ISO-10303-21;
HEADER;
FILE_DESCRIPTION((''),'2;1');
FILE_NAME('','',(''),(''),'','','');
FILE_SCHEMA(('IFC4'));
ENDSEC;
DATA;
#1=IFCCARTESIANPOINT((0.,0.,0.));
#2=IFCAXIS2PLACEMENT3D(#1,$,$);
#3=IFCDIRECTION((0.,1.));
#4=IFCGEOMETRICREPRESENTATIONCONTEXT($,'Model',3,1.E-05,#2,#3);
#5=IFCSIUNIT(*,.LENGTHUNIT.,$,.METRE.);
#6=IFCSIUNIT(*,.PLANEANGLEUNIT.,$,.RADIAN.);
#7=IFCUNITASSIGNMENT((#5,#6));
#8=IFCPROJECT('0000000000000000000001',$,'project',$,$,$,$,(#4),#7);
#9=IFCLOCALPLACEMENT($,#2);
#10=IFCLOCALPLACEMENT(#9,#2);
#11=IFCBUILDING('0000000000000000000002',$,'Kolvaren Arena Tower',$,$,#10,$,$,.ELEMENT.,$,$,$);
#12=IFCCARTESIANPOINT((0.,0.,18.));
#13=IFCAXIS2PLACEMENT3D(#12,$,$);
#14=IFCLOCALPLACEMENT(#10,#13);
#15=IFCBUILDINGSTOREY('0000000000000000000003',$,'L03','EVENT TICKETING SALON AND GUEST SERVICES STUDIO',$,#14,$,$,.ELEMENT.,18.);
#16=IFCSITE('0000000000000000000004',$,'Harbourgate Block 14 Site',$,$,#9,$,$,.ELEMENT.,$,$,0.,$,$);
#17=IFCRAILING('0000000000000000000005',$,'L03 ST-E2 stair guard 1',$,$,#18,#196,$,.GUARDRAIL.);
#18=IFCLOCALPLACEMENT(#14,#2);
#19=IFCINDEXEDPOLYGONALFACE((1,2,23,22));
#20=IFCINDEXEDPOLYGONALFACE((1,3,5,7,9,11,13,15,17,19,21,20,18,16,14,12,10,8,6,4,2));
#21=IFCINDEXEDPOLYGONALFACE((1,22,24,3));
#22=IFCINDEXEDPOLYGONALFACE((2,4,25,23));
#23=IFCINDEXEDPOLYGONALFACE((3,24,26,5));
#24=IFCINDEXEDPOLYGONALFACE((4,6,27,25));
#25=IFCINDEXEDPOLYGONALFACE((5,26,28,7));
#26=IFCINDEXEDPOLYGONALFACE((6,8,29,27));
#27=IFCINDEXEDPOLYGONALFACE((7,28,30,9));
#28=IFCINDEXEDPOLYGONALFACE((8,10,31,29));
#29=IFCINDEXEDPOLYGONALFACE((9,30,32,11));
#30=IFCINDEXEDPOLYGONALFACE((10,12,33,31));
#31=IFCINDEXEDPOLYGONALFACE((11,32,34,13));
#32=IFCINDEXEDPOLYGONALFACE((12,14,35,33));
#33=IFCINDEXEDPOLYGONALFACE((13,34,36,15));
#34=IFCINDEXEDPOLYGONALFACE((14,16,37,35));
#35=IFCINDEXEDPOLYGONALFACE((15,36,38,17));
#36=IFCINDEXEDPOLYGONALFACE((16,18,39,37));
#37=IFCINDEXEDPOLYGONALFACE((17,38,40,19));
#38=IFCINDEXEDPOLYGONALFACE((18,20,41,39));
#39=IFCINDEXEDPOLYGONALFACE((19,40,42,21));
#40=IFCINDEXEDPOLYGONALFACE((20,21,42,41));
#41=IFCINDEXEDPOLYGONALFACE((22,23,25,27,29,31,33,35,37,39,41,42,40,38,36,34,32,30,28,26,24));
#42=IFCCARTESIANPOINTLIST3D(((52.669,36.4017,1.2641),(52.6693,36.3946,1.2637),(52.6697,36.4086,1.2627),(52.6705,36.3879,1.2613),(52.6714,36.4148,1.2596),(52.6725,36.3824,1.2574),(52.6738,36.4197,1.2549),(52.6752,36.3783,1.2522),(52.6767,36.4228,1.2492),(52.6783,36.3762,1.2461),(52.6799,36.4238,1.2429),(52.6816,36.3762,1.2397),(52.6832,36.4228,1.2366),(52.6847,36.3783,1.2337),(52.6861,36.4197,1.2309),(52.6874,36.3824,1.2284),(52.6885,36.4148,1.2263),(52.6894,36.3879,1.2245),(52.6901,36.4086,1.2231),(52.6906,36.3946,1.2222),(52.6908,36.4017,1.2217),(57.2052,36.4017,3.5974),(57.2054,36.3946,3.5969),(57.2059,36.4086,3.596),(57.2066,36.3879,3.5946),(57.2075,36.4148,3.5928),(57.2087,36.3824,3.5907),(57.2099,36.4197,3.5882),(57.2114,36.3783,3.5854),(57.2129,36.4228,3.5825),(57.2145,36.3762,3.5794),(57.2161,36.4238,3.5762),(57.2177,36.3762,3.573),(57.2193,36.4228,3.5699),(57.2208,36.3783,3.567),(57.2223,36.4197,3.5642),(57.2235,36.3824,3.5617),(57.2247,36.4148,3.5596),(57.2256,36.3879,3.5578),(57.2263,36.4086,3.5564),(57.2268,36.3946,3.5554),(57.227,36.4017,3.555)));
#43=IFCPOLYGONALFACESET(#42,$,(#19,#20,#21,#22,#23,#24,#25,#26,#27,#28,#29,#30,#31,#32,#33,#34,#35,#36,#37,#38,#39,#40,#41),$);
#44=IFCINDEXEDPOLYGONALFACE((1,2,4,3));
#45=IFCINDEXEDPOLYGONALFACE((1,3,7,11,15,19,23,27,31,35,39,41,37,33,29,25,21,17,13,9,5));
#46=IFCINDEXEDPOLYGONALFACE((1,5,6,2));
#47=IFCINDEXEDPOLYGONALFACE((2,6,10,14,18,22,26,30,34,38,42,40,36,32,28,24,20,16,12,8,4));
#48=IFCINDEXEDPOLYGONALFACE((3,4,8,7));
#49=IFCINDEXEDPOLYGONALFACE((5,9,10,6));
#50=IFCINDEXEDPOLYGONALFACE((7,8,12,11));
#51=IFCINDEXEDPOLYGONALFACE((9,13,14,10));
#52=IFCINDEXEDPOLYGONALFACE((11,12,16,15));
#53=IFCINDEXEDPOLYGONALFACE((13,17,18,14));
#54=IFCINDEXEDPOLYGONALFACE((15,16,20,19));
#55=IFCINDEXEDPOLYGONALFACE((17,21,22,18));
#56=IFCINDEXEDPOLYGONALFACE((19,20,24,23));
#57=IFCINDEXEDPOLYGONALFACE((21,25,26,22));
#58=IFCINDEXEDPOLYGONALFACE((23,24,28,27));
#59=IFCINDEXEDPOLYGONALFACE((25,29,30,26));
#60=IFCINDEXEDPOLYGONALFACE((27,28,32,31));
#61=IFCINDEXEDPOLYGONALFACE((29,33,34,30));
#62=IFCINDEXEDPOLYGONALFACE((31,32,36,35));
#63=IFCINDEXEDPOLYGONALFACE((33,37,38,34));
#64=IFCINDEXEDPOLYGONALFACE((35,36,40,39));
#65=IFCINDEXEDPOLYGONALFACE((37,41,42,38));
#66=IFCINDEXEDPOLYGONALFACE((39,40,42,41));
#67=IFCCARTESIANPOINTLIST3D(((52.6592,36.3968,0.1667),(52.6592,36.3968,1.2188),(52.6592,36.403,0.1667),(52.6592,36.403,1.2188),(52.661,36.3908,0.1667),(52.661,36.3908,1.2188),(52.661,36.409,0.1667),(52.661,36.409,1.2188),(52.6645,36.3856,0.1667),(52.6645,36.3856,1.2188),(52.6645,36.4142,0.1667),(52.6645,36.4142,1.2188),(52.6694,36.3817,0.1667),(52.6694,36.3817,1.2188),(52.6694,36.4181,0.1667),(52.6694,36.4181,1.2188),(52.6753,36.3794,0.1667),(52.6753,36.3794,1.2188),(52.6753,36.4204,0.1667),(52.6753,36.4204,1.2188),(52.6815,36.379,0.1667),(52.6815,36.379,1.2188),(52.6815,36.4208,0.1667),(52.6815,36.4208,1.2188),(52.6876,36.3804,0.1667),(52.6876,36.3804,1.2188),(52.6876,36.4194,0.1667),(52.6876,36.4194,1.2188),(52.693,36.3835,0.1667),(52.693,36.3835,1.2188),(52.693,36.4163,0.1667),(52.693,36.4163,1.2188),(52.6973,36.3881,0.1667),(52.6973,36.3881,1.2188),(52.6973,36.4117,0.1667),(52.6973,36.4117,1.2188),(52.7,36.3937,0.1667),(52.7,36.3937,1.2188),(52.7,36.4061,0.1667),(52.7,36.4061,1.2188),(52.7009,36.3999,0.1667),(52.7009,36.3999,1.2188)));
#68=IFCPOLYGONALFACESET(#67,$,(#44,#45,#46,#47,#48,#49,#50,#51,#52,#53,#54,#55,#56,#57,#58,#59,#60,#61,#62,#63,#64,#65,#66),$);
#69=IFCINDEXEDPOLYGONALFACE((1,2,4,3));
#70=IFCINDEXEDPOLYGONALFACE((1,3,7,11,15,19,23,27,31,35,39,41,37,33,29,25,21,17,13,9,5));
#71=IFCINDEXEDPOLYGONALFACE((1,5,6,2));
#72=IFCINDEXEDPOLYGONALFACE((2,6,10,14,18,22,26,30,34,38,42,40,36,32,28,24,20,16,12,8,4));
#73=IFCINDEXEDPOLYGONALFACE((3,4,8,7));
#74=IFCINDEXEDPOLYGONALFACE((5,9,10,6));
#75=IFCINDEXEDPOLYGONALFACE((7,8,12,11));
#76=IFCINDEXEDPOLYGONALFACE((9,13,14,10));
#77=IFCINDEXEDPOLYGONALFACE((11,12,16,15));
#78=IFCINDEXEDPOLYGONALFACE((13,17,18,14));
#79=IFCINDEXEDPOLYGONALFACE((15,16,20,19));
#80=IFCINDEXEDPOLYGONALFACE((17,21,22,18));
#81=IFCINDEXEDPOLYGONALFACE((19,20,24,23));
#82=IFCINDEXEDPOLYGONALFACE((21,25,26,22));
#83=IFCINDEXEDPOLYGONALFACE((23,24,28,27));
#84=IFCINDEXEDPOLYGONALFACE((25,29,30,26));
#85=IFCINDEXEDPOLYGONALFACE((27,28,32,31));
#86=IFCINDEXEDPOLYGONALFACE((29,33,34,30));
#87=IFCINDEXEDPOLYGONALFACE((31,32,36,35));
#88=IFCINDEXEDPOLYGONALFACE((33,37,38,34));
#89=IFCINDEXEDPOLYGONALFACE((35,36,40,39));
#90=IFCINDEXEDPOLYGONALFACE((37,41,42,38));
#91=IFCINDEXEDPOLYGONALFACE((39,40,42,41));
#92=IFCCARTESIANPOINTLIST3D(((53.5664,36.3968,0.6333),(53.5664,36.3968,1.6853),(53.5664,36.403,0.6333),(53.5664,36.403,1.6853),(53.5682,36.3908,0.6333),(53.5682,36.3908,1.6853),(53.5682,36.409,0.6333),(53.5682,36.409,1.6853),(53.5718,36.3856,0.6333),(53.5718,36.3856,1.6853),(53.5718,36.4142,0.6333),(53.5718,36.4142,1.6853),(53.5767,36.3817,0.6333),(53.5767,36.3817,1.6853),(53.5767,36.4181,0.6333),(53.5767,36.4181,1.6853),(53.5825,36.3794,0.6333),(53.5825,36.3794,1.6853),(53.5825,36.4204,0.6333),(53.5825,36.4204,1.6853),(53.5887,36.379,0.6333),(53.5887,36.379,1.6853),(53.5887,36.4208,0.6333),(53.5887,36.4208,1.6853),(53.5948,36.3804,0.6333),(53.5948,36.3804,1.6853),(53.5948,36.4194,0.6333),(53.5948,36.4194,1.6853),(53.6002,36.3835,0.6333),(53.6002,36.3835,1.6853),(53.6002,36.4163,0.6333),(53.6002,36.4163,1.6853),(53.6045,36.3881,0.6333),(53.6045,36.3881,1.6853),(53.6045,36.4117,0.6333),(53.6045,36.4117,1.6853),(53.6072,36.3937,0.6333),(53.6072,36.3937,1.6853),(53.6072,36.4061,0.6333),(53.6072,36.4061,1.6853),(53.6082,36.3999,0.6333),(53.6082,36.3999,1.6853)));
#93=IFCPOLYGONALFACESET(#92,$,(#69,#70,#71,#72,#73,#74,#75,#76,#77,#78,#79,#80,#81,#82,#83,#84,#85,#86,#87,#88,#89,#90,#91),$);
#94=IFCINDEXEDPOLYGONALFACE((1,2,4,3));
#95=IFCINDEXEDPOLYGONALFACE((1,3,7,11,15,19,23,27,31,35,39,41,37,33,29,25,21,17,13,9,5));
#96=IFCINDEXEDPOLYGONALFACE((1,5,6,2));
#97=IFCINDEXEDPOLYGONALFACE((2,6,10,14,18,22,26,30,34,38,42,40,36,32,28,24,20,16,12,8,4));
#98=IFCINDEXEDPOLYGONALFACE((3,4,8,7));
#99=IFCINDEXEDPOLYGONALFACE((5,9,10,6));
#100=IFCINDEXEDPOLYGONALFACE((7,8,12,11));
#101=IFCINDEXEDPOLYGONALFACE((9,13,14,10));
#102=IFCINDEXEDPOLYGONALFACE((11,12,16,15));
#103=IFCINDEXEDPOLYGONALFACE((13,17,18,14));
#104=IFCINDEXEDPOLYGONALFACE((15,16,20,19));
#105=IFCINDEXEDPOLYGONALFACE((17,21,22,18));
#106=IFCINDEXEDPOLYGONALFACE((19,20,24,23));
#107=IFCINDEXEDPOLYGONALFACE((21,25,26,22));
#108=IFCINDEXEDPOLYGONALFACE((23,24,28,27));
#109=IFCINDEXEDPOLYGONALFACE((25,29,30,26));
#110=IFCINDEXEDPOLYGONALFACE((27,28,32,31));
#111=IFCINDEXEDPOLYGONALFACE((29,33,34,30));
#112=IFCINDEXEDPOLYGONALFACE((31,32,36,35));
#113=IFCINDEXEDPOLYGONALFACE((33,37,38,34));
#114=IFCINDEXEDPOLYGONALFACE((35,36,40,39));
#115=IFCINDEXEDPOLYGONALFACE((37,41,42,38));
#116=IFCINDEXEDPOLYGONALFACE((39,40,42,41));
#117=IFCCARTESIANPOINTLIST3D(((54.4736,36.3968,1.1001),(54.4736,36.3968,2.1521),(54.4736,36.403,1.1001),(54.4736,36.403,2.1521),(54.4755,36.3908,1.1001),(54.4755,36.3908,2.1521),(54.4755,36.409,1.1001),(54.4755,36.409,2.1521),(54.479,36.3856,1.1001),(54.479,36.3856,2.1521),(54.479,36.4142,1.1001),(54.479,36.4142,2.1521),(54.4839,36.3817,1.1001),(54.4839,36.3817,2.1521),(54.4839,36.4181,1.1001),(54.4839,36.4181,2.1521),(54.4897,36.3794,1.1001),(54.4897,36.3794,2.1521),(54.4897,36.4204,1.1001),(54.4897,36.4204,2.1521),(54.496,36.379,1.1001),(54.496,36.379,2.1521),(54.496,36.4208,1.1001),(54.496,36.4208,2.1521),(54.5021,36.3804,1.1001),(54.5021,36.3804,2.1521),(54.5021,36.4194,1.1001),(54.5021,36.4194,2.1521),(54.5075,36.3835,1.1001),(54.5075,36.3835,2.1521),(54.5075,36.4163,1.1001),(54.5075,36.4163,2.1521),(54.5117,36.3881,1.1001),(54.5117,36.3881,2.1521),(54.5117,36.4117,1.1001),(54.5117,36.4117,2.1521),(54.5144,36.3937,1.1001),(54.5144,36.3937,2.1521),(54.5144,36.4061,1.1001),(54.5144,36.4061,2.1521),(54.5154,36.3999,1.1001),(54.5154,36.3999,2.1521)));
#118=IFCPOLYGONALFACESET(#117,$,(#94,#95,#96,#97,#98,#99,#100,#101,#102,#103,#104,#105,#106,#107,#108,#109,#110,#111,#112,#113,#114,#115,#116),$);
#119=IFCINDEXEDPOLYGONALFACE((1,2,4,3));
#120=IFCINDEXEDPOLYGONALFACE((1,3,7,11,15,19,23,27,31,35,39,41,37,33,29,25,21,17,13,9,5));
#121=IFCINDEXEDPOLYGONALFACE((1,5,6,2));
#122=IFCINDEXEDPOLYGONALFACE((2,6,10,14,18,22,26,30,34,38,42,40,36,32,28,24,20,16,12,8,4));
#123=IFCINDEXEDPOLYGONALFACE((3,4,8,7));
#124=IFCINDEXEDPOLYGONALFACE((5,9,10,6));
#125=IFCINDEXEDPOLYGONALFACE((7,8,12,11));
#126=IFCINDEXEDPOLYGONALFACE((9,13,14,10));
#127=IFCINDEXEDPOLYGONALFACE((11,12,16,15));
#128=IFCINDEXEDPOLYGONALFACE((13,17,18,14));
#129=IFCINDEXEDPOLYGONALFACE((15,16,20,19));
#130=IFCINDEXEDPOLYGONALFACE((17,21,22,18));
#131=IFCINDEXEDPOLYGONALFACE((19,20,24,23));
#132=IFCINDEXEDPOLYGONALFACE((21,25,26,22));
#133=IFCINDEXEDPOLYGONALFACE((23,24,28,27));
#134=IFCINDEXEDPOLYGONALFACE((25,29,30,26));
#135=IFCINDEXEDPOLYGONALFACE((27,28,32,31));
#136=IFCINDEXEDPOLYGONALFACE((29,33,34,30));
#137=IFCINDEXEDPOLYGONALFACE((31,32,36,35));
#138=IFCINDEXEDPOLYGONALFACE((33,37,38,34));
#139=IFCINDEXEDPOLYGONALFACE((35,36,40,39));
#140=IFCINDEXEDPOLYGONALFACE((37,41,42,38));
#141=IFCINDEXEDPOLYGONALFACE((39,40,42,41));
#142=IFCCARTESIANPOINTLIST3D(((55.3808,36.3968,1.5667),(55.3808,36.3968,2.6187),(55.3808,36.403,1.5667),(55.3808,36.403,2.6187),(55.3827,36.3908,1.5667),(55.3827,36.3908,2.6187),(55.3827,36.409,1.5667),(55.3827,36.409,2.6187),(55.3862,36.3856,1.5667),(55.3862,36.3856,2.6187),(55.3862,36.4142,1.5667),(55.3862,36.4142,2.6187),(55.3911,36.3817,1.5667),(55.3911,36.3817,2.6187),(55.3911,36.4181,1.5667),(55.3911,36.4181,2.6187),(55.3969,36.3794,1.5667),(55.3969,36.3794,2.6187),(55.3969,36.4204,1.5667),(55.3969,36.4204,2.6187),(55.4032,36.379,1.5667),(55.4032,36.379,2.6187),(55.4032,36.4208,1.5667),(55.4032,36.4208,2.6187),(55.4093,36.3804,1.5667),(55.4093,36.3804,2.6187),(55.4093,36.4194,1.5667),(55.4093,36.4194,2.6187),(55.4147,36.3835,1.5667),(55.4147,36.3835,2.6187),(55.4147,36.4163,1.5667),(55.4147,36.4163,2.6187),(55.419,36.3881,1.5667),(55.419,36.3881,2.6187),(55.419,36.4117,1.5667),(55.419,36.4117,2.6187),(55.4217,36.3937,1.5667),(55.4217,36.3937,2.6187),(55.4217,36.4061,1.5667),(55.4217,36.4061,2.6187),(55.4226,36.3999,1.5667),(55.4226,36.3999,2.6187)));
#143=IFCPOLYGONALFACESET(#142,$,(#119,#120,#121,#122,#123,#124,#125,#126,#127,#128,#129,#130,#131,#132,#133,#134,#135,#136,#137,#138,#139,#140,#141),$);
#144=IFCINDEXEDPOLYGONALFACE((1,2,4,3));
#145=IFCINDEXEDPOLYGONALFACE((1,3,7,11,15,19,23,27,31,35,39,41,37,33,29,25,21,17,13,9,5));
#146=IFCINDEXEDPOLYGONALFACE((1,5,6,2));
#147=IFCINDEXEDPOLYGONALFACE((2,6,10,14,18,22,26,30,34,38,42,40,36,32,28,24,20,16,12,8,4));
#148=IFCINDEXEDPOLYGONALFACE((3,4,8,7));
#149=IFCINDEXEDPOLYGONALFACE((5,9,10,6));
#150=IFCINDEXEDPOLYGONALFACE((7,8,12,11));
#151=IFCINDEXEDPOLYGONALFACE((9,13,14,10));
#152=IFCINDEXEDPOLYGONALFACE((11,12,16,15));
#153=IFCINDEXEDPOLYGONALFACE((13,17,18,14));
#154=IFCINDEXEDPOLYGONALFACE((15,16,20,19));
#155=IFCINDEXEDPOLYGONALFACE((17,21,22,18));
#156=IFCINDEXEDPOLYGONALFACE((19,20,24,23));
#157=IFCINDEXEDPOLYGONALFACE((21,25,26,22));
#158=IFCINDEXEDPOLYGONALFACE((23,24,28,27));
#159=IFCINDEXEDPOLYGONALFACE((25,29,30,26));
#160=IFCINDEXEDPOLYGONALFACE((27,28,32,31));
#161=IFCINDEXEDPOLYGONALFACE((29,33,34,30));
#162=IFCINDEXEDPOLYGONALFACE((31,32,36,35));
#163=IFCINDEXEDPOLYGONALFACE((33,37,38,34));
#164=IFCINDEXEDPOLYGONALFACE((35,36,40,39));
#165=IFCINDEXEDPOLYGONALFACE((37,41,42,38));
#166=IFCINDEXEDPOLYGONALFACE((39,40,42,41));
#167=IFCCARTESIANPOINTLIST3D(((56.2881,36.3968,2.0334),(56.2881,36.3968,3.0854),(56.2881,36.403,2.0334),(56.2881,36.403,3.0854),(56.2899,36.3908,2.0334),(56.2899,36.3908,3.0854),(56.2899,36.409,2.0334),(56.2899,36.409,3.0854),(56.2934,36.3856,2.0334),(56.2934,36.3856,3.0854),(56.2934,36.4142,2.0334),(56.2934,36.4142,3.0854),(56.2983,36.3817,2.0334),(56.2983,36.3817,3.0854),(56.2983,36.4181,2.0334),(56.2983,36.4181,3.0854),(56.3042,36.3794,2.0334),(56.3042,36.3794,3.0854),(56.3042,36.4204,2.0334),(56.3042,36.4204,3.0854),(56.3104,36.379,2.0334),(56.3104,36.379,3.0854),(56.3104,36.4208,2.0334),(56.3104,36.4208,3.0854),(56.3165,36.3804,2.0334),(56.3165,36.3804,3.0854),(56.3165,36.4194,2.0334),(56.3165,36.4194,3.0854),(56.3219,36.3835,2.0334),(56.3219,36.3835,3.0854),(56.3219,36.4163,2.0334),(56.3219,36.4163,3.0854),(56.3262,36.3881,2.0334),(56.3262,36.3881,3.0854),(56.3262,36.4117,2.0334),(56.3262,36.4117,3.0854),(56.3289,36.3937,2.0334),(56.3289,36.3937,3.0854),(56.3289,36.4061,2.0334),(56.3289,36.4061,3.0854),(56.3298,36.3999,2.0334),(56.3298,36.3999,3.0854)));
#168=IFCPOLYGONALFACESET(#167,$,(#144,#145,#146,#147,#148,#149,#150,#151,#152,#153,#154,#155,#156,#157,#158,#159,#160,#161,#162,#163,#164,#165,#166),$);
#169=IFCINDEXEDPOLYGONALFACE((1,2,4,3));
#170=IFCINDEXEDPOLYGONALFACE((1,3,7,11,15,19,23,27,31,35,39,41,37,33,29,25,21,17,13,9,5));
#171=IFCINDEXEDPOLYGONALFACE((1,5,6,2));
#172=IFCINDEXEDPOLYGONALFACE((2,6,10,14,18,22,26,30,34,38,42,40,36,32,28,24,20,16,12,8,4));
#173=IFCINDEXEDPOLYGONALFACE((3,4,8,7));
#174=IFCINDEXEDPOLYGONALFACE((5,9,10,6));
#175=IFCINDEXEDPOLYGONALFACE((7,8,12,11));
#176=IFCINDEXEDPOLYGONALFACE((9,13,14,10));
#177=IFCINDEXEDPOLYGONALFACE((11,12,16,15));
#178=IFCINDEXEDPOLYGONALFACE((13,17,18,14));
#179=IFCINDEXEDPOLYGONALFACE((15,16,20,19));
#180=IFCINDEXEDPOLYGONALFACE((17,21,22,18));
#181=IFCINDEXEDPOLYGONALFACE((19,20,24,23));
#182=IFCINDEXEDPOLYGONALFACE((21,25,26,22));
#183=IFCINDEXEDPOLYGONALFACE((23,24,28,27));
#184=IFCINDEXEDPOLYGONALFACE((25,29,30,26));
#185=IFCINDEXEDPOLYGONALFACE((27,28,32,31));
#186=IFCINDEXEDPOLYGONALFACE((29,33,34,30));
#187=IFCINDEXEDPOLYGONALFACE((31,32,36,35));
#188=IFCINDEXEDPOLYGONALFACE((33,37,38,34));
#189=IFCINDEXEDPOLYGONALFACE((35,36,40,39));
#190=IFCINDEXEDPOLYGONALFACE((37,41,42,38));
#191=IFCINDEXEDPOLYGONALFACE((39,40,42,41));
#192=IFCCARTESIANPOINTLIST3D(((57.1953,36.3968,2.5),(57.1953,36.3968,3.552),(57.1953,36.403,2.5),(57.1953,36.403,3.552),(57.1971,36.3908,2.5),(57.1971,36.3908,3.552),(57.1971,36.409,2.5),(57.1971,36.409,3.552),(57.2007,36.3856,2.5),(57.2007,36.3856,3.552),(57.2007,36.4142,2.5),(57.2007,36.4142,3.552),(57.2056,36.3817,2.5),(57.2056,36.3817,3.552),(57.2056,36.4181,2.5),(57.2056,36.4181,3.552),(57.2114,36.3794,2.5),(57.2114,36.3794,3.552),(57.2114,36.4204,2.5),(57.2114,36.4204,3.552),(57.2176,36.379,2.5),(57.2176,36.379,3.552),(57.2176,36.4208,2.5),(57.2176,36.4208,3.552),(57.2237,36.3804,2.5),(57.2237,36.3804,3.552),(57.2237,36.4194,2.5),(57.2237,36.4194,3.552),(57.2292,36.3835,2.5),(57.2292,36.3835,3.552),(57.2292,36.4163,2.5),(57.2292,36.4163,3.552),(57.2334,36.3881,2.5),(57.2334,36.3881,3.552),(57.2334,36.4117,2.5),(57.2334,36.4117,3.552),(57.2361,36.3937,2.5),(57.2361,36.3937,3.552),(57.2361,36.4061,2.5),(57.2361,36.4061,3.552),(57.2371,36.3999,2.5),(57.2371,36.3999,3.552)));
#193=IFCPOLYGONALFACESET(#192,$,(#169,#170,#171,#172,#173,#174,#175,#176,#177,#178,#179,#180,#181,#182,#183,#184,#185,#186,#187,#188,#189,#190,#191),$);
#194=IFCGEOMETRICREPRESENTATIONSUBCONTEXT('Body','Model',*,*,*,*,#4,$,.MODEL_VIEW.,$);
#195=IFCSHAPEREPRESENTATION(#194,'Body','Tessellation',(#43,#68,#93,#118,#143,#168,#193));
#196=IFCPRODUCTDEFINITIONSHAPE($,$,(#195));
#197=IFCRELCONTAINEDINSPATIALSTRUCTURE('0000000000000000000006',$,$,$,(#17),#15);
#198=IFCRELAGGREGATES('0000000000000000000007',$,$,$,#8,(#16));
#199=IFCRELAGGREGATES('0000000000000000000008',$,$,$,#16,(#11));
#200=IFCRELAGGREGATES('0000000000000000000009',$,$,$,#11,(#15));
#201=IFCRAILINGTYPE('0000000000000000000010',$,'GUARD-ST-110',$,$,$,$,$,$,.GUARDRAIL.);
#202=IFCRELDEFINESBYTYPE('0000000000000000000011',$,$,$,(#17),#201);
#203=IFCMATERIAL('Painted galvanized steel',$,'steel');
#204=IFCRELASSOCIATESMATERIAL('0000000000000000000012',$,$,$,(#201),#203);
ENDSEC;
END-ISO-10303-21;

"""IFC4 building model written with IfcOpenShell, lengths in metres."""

from ifc_helpers import new_model, si_unit, direction, frame, origin, origin_2d, place, context, subcontext, project, spatial, circle, extrude, material, type_object, element, save


model = new_model("IFC4")

# Units and contexts
model_context = context("Model", 3, precision=1e-05, world=origin(), true_north=direction((0.0, 1.0)))
body_context = subcontext(model_context, "Body", "Model", "MODEL_VIEW")
ifc_project = project(units=[si_unit("LENGTHUNIT", "METRE"), si_unit("PLANEANGLEUNIT", "RADIAN")], contexts=[model_context])

# Site, building, storey
site_placement = place(None, origin())
site = spatial("IfcSite", under=ifc_project, at=site_placement, Name="Harbourgate Block 14 Site", CompositionType="ELEMENT", RefElevation=0.0)
building_placement = place(site_placement, origin())
building = spatial("IfcBuilding", under=site, at=building_placement, Name="Kolvaren Arena Tower", CompositionType="ELEMENT")
storey_placement = place(building_placement, frame((0.0, 0.0, 18.0)))
storey = spatial("IfcBuildingStorey", under=building, at=storey_placement, Name="L03", Description="EVENT TICKETING SALON AND GUEST SERVICES STUDIO", CompositionType="ELEMENT", Elevation=18.0)

# Railing
ifc_material_1 = material(Name="Painted galvanized steel", Category="steel")
railing_type_1 = type_object("IfcRailingType", Name="GUARD-ST-110", PredefinedType="GUARDRAIL", material=ifc_material_1)
railing_1_placement = place(storey_placement, frame((52.6799, 36.3999, 0.1667)))
element("IfcRailing", 1, at=railing_1_placement, inside=storey, type_object=railing_type_1, Name="L03 ST-E2 stair guard 1", PredefinedType="GUARDRAIL", context=body_context, shape_type="SweptSolid", body=[
    extrude(circle(Radius=0.0239, at=origin_2d()), frame((0.0, 0.0, 1.0762), z_axis=(0.889257, 0.0, 0.457407), x_axis=(0.0, 1.0, 0.0)), (0.0, 0.0, 1.0), 5.1011),
    extrude(circle(Radius=0.021, at=origin_2d()), origin(), (0.0, 0.0, 1.0), 1.052),
    extrude(circle(Radius=0.021, at=origin_2d()), frame((0.9072, 0.0, 0.4666)), (0.0, 0.0, 1.0), 1.052),
    extrude(circle(Radius=0.021, at=origin_2d()), frame((1.8145, 0.0, 0.9333)), (0.0, 0.0, 1.0), 1.052),
    extrude(circle(Radius=0.021, at=origin_2d()), frame((2.7217, 0.0, 1.3999)), (0.0, 0.0, 1.0), 1.052),
    extrude(circle(Radius=0.021, at=origin_2d()), frame((3.6289, 0.0, 1.8667)), (0.0, 0.0, 1.0), 1.052),
    extrude(circle(Radius=0.021, at=origin_2d()), frame((4.5361, 0.0, 2.3333)), (0.0, 0.0, 1.0), 1.052),
])

save(model, "model.ifc")
